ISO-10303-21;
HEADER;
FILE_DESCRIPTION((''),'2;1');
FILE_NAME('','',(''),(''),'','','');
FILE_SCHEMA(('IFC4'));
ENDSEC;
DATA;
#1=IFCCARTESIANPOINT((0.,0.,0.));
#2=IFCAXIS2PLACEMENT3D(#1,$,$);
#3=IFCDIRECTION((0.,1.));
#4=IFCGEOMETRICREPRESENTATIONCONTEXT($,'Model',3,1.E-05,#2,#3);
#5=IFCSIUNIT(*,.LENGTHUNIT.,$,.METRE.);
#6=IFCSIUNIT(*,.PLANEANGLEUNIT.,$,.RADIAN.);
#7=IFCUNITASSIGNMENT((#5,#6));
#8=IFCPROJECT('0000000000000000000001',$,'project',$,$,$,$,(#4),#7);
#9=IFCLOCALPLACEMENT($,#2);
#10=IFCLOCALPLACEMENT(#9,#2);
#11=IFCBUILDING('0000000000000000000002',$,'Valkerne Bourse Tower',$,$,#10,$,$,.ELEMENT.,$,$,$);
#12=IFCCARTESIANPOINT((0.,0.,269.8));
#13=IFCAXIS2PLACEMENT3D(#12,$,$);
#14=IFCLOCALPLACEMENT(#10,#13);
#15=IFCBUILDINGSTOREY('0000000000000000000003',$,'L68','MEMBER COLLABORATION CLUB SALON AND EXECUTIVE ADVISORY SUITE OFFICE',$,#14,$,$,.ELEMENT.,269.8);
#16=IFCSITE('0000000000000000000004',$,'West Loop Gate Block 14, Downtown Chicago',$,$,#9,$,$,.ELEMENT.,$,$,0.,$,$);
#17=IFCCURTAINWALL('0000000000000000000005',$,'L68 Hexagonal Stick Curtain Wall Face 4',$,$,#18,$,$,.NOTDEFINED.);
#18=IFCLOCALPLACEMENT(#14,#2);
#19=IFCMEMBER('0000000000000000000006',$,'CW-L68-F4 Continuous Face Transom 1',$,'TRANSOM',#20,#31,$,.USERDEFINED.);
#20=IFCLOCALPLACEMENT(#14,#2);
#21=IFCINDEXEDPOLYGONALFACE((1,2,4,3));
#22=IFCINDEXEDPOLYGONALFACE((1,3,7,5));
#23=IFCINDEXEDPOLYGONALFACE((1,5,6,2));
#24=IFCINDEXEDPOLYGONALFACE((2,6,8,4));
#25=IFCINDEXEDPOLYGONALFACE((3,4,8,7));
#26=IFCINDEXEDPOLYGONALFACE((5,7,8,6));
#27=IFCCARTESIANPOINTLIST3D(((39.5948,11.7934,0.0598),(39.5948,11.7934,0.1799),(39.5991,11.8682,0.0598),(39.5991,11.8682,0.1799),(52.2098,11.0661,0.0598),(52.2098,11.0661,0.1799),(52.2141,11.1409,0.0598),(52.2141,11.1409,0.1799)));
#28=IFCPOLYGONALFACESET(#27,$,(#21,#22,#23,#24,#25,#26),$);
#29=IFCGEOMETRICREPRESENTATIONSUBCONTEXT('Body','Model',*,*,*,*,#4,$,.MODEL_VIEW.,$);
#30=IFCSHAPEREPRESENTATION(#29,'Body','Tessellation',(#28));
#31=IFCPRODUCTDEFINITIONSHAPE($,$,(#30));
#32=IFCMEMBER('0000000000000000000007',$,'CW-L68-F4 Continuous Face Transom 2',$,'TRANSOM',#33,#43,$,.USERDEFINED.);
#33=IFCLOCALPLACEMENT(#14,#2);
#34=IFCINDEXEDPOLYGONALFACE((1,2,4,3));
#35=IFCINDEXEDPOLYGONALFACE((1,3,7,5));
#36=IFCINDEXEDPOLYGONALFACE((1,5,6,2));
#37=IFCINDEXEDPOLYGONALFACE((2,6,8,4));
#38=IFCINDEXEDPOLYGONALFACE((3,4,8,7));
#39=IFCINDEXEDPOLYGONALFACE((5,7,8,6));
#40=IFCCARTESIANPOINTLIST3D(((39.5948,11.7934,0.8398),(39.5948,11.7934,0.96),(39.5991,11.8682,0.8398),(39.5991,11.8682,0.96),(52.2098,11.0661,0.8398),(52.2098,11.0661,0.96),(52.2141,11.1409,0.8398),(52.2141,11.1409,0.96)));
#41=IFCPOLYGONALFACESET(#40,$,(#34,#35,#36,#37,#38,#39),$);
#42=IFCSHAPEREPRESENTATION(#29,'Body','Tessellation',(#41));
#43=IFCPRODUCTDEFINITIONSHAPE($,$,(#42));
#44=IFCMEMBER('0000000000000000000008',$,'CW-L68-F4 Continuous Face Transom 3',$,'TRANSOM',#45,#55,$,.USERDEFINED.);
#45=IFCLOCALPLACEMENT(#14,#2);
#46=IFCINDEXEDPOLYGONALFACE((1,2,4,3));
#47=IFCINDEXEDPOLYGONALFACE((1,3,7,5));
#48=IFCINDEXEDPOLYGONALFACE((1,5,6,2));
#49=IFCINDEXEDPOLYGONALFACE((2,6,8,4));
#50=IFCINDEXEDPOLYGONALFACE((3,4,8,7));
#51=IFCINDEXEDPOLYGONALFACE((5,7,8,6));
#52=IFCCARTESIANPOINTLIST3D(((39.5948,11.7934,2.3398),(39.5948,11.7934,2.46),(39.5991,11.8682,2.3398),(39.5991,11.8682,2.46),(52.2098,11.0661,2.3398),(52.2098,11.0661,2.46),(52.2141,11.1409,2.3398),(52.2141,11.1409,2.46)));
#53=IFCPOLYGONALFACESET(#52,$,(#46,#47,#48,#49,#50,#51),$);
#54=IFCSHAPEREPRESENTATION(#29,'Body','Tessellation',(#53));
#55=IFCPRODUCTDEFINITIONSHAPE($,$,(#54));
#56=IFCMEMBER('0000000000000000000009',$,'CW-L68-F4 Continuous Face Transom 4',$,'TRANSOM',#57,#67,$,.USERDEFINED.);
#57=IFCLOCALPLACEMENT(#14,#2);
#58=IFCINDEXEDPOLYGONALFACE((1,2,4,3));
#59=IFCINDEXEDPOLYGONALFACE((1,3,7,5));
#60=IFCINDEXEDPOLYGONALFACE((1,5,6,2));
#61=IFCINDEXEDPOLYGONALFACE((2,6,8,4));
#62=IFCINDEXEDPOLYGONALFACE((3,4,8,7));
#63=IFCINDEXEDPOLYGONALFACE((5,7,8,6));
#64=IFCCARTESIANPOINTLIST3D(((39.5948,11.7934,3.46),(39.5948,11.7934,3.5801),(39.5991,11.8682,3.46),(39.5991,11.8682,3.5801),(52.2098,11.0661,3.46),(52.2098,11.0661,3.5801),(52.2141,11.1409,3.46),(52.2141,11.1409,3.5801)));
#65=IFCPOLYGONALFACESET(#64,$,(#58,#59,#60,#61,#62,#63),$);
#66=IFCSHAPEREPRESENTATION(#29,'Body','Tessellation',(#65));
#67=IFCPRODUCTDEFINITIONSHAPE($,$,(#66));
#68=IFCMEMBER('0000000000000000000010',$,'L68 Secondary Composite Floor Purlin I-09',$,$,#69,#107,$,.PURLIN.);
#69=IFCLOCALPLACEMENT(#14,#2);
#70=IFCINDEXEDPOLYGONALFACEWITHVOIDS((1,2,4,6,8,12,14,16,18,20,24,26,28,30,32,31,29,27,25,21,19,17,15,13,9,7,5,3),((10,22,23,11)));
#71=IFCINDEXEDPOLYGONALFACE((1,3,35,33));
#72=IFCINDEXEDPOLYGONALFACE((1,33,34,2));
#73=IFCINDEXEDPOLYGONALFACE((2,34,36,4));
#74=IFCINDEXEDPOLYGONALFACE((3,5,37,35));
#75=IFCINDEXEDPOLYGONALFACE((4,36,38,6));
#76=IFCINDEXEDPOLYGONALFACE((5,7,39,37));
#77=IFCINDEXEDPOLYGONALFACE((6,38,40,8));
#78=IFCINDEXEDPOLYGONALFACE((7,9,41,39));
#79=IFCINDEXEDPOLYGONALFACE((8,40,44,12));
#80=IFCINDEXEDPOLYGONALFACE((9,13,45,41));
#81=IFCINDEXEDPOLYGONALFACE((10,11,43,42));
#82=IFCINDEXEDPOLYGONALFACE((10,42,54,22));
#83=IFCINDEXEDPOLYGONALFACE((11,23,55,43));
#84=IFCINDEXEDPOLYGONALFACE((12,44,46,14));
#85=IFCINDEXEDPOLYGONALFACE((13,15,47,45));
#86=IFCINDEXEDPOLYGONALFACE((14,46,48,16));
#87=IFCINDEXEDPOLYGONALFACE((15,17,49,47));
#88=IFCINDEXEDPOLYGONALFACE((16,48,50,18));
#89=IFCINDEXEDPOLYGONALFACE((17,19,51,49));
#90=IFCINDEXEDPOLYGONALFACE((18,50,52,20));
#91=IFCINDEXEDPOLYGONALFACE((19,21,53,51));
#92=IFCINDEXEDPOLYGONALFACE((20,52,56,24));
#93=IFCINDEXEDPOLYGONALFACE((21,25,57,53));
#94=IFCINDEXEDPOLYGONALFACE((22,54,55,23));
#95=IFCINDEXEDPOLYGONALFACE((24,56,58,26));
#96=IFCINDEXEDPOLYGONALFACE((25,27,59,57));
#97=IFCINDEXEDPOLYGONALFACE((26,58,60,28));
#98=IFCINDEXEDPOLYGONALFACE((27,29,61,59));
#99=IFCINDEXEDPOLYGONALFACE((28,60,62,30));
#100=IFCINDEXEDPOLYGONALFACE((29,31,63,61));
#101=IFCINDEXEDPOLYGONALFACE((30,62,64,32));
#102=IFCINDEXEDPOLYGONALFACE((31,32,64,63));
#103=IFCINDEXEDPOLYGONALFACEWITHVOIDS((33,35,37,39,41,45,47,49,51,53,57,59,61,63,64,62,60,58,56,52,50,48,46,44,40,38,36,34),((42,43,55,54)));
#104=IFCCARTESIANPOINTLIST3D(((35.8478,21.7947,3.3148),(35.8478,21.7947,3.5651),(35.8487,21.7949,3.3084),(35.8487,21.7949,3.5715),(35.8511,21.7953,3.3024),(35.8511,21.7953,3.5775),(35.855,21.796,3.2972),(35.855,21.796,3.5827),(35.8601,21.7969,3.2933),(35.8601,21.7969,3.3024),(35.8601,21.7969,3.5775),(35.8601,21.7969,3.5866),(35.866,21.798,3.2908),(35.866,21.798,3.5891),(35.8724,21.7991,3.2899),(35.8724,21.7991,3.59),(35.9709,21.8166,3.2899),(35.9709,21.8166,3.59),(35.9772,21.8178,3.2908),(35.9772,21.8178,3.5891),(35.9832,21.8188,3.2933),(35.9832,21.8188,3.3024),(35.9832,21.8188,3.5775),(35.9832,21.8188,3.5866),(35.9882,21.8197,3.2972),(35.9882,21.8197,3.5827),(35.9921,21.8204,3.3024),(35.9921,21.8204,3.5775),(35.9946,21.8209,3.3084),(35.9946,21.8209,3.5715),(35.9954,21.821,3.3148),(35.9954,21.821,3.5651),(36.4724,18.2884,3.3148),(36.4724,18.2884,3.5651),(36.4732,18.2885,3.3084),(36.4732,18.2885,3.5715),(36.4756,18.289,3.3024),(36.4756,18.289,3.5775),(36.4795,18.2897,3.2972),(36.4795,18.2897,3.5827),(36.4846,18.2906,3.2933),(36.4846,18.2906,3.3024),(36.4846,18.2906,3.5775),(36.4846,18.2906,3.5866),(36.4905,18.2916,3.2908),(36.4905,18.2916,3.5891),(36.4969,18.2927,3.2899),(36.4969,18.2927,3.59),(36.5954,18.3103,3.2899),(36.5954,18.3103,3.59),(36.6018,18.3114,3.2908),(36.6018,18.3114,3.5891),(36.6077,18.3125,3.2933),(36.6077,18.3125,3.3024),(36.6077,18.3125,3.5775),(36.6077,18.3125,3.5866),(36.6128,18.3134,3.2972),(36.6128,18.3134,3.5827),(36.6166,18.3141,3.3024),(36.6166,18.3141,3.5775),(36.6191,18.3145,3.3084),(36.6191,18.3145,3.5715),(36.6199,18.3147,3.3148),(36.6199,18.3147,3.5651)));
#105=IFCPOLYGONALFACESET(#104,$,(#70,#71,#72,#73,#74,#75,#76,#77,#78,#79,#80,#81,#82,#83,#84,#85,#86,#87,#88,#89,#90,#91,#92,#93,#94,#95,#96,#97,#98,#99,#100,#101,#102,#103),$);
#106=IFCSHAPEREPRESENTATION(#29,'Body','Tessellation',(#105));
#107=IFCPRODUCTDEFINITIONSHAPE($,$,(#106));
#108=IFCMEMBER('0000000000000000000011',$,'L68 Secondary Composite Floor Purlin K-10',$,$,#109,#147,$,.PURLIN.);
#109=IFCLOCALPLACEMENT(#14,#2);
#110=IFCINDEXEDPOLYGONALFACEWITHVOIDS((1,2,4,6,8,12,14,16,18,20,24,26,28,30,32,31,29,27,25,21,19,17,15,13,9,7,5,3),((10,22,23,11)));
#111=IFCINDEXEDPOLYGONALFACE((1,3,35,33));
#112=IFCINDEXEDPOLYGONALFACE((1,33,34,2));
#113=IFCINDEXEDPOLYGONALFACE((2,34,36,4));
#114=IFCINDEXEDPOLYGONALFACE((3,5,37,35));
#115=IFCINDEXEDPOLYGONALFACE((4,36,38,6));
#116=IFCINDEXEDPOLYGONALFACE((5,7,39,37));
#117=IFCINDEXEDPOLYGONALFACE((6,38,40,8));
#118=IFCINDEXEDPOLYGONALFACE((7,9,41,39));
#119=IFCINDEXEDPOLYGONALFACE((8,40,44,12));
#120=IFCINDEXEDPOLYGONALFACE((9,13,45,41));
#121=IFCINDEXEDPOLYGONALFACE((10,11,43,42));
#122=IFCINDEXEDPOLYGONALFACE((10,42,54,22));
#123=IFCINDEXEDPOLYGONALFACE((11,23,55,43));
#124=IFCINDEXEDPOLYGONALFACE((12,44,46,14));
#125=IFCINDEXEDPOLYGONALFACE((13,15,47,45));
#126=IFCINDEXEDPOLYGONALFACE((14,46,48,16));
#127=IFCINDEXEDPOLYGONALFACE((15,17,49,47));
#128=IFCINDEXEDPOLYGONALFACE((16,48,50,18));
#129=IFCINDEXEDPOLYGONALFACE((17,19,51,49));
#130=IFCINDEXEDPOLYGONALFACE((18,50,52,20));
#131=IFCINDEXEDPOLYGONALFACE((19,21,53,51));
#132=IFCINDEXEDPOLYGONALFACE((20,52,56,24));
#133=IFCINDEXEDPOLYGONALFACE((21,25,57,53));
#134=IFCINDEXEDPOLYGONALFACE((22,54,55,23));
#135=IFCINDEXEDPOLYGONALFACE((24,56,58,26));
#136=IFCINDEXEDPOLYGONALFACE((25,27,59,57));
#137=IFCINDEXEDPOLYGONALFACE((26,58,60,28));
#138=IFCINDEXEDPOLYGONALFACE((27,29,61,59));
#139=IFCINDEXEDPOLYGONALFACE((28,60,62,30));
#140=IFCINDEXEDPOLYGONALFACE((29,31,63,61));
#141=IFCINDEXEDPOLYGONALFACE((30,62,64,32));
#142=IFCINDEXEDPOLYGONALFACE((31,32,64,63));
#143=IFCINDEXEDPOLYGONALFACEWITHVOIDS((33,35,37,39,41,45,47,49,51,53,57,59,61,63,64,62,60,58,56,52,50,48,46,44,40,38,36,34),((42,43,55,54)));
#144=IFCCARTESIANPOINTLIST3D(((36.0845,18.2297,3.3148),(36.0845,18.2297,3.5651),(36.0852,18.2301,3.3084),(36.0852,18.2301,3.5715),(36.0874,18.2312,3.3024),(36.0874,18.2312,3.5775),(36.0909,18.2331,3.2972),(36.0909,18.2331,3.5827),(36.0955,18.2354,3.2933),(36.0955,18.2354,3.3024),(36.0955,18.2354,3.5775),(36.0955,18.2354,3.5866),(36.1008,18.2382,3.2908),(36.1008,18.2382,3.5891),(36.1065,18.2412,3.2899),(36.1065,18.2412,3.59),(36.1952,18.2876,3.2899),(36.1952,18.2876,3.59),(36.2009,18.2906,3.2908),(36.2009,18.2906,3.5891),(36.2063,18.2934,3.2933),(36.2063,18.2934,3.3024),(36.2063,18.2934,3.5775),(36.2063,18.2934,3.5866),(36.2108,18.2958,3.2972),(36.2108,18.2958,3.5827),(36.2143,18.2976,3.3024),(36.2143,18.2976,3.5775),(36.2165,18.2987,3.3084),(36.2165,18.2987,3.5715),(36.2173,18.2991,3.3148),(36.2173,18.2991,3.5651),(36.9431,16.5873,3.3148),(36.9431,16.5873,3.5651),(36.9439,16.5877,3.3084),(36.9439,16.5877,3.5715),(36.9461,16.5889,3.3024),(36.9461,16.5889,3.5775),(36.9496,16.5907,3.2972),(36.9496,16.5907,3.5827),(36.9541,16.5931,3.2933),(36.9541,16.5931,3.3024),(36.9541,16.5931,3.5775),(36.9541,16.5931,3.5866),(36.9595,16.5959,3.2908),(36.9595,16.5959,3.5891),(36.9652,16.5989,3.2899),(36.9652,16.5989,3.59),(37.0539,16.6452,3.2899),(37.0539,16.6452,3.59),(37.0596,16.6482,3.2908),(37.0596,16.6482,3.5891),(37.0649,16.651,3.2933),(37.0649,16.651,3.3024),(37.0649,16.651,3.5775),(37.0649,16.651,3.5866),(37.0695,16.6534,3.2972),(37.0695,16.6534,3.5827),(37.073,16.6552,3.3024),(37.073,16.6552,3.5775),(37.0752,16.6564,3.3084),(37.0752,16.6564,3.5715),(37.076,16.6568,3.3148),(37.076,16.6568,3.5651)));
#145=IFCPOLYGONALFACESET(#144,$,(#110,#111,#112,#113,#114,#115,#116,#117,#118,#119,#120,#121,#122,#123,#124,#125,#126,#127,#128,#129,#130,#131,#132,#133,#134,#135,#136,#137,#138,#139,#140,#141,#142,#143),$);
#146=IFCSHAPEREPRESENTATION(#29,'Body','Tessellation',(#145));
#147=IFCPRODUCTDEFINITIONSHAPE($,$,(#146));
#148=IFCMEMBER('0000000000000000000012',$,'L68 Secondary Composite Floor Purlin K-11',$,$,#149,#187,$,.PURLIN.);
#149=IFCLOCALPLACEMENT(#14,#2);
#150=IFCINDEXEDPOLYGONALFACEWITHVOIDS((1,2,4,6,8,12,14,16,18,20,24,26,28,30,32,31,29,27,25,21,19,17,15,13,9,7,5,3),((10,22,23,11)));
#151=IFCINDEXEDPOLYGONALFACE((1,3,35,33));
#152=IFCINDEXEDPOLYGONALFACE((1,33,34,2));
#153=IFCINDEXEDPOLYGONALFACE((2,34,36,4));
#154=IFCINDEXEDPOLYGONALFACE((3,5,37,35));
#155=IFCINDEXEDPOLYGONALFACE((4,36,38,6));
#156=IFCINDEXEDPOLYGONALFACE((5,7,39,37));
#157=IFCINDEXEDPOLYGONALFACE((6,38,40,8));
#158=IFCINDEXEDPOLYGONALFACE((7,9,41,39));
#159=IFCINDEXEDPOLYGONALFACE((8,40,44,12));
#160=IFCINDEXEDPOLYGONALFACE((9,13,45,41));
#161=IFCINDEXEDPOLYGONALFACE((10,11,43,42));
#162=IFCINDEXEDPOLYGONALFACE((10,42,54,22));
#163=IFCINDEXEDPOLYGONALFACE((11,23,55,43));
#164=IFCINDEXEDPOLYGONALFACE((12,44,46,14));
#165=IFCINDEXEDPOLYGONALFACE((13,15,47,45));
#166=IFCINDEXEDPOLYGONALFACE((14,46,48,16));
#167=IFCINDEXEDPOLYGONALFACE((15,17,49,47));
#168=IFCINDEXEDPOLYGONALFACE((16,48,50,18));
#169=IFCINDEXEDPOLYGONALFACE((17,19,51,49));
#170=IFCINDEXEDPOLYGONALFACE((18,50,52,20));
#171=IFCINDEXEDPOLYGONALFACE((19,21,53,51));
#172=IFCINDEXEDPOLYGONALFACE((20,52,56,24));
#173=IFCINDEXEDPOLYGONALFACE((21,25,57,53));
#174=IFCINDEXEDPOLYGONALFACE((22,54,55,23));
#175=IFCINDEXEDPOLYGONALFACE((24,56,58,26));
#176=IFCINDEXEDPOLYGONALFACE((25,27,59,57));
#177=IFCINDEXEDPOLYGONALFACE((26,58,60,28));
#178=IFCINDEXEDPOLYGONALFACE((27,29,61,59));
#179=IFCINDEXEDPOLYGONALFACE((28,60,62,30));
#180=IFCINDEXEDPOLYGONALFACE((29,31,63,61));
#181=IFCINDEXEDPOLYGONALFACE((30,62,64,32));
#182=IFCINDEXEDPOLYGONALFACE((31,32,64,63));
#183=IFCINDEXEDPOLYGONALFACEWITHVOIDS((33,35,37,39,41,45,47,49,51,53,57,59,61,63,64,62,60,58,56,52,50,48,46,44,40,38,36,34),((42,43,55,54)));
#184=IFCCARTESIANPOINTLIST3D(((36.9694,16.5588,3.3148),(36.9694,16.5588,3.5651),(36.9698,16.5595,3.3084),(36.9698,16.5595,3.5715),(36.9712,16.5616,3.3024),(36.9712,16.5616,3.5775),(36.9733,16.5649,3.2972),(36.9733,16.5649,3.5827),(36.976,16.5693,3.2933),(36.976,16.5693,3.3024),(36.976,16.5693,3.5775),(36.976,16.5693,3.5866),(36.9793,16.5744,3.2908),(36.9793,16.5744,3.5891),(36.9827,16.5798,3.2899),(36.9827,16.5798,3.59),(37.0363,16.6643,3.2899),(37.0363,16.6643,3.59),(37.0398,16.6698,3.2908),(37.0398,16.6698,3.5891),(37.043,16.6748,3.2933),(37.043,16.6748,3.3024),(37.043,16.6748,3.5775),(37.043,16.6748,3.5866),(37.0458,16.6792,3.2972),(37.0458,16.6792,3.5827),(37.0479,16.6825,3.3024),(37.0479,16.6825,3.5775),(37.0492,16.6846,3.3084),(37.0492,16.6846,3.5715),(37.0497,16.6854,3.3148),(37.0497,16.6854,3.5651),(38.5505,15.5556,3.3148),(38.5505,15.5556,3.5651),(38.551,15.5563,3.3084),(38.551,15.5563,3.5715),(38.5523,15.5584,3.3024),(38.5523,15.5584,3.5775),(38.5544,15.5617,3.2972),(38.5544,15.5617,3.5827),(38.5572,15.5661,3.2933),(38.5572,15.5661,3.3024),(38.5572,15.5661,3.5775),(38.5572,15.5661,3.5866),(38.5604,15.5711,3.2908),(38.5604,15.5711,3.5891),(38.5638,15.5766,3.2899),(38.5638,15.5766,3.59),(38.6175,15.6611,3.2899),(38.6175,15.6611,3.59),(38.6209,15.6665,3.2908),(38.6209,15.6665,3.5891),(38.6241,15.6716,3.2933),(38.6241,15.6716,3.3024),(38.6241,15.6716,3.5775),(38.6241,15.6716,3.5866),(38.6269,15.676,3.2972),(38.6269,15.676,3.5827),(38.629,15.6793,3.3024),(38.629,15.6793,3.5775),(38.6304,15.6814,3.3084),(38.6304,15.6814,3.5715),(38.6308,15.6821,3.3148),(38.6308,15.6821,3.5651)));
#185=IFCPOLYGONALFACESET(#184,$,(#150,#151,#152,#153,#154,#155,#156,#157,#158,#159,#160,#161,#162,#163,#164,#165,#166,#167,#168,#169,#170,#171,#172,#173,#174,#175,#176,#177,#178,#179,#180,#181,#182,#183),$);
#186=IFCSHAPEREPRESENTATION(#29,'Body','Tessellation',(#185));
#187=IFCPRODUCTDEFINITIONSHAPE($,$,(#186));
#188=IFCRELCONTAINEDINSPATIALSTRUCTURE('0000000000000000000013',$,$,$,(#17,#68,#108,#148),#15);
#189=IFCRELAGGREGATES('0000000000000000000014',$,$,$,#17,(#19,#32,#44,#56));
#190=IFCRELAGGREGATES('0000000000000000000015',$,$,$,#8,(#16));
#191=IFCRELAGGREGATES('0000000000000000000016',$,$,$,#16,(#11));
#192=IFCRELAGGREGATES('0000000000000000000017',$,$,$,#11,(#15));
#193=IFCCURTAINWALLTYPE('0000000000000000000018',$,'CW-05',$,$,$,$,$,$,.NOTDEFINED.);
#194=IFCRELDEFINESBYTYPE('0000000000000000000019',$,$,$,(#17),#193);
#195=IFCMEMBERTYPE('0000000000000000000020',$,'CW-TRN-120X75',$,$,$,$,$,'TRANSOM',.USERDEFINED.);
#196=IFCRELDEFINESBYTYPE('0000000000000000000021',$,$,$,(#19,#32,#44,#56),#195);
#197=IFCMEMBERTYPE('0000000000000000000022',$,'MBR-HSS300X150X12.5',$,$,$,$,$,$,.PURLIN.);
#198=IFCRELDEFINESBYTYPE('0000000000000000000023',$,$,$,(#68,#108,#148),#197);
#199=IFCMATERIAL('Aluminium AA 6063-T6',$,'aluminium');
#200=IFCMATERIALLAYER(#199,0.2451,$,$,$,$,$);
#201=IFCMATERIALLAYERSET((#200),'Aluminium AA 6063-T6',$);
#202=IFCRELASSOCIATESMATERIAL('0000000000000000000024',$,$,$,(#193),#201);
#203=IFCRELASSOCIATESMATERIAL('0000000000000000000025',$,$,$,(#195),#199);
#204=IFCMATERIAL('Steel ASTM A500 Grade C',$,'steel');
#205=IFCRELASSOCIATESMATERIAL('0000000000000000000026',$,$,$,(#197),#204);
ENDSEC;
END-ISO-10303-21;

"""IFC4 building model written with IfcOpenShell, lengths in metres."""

from ifc_helpers import new_model, si_unit, direction, frame, origin, origin_2d, place, context, subcontext, project, spatial, rectangle, hollow_rectangle, extrude, material, layer, layer_set, material_profile, profile_set, type_object, element, aggregate, save


model = new_model("IFC4")

# Units and contexts
model_context = context("Model", 3, precision=1e-05, world=origin(), true_north=direction((0.0, 1.0)))
body_context = subcontext(model_context, "Body", "Model", "MODEL_VIEW")
ifc_project = project(units=[si_unit("LENGTHUNIT", "METRE"), si_unit("PLANEANGLEUNIT", "RADIAN")], contexts=[model_context])

# Site, building, storey
site_placement = place(None, origin())
site = spatial("IfcSite", under=ifc_project, at=site_placement, Name="West Loop Gate Block 14, Downtown Chicago", CompositionType="ELEMENT", RefElevation=0.0)
building_placement = place(site_placement, origin())
building = spatial("IfcBuilding", under=site, at=building_placement, Name="Valkerne Bourse Tower", CompositionType="ELEMENT")
storey_placement = place(building_placement, frame((0.0, 0.0, 269.8)))
storey = spatial("IfcBuildingStorey", under=building, at=storey_placement, Name="L68", Description="MEMBER COLLABORATION CLUB SALON AND EXECUTIVE ADVISORY SUITE OFFICE", CompositionType="ELEMENT", Elevation=269.8)

# Curtain wall, members
ifc_material_1 = material(Name="Aluminium AA 6063-T6", Category="aluminium")
ifc_layer_1 = layer(ifc_material_1, 0.2451)
ifc_layer_set_1 = layer_set([ifc_layer_1], Name="Aluminium AA 6063-T6")
curtain_wall_type = type_object("IfcCurtainWallType", Name="CW-05", PredefinedType="NOTDEFINED", material=ifc_layer_set_1)
curtain_wall_placement = place(storey_placement, origin())
curtain_wall = element("IfcCurtainWall", 1, at=curtain_wall_placement, inside=storey, type_object=curtain_wall_type, Name="L68 Hexagonal Stick Curtain Wall Face 4", PredefinedType="NOTDEFINED")
ifc_material_profile_1 = material_profile(ifc_material_1, rectangle(XDim=0.075, YDim=0.1201, at=origin_2d()), Name="CWT-75X120")
ifc_profile_set_1 = profile_set([ifc_material_profile_1], Name="Aluminium AA 6063-T6")
member_type_1 = type_object("IfcMemberType", Name="CW-TRN-120X75", ElementType="TRANSOM", PredefinedType="USERDEFINED", material=ifc_profile_set_1)
member_1_placement = place(storey_placement, frame((39.5969, 11.8308, 0.1199), z_axis=(0.998342, -0.057558, 0.0), x_axis=(0.057558, 0.998342, 0.0)))
member_1 = element("IfcMember", 2, at=member_1_placement, type_object=member_type_1, Name="CW-L68-F4 Continuous Face Transom 1", ObjectType="TRANSOM", PredefinedType="USERDEFINED", context=body_context, shape_type="SweptSolid", body=[
    extrude(rectangle(XDim=0.075, YDim=0.1201, at=origin_2d()), origin(), (0.0, 0.0, 1.0), 12.636),
])
member_2_placement = place(storey_placement, frame((39.5969, 11.8308, 0.8999), z_axis=(0.998342, -0.057558, 0.0), x_axis=(0.057558, 0.998342, 0.0)))
member_2 = element("IfcMember", 3, at=member_2_placement, type_object=member_type_1, Name="CW-L68-F4 Continuous Face Transom 2", ObjectType="TRANSOM", PredefinedType="USERDEFINED", context=body_context, shape_type="SweptSolid", body=[
    extrude(rectangle(XDim=0.075, YDim=0.1201, at=origin_2d()), origin(), (0.0, 0.0, 1.0), 12.636),
])
member_3_placement = place(storey_placement, frame((39.5969, 11.8308, 2.3999), z_axis=(0.998342, -0.057558, 0.0), x_axis=(0.057558, 0.998342, 0.0)))
member_3 = element("IfcMember", 4, at=member_3_placement, type_object=member_type_1, Name="CW-L68-F4 Continuous Face Transom 3", ObjectType="TRANSOM", PredefinedType="USERDEFINED", context=body_context, shape_type="SweptSolid", body=[
    extrude(rectangle(XDim=0.075, YDim=0.1201, at=origin_2d()), origin(), (0.0, 0.0, 1.0), 12.636),
])
member_4_placement = place(storey_placement, frame((39.5969, 11.8308, 3.52), z_axis=(0.998342, -0.057558, 0.0), x_axis=(0.057558, 0.998342, 0.0)))
member_4 = element("IfcMember", 5, at=member_4_placement, type_object=member_type_1, Name="CW-L68-F4 Continuous Face Transom 4", ObjectType="TRANSOM", PredefinedType="USERDEFINED", context=body_context, shape_type="SweptSolid", body=[
    extrude(rectangle(XDim=0.075, YDim=0.1201, at=origin_2d()), origin(), (0.0, 0.0, 1.0), 12.636),
])
aggregate(curtain_wall, [member_1, member_2, member_3, member_4])

# Members
ifc_material_2 = material(Name="Steel ASTM A500 Grade C", Category="steel")
ifc_material_profile_2 = material_profile(ifc_material_2, hollow_rectangle(XDim=0.1499, YDim=0.3, WallThickness=0.0125, OuterFilletRadius=0.0249, at=origin_2d()), Name="HSS300X150X12.5")
ifc_profile_set_2 = profile_set([ifc_material_profile_2], Name="Steel ASTM A500 Grade C")
member_type_2 = type_object("IfcMemberType", Name="MBR-HSS300X150X12.5", PredefinedType="PURLIN", material=ifc_profile_set_2)
member_5_placement = place(storey_placement, frame((35.9216, 21.8079, 3.4399), z_axis=(0.175349, -0.984506, 0.0), x_axis=(0.984506, 0.175349, 0.0)))
element("IfcMember", 6, at=member_5_placement, inside=storey, type_object=member_type_2, Name="L68 Secondary Composite Floor Purlin I-09", PredefinedType="PURLIN", context=body_context, shape_type="SweptSolid", body=[
    extrude(hollow_rectangle(XDim=0.1499, YDim=0.3, WallThickness=0.0125, OuterFilletRadius=0.0249, at=origin_2d()), origin(), (0.0, 0.0, 1.0), 3.5615),
])
member_6_placement = place(storey_placement, frame((36.1509, 18.2644, 3.4399), z_axis=(0.463318, -0.886192, 0.0), x_axis=(0.886192, 0.463318, 0.0)))
element("IfcMember", 7, at=member_6_placement, inside=storey, type_object=member_type_2, Name="L68 Secondary Composite Floor Purlin K-10", PredefinedType="PURLIN", context=body_context, shape_type="SweptSolid", body=[
    extrude(hollow_rectangle(XDim=0.1499, YDim=0.3, WallThickness=0.0125, OuterFilletRadius=0.0249, at=origin_2d()), origin(), (0.0, 0.0, 1.0), 1.8533),
])
member_7_placement = place(storey_placement, frame((37.0095, 16.6221, 3.4399), z_axis=(0.844375, -0.535753, 0.0), x_axis=(0.535753, 0.844375, 0.0)))
element("IfcMember", 8, at=member_7_placement, inside=storey, type_object=member_type_2, Name="L68 Secondary Composite Floor Purlin K-11", PredefinedType="PURLIN", context=body_context, shape_type="SweptSolid", body=[
    extrude(hollow_rectangle(XDim=0.1499, YDim=0.3, WallThickness=0.0125, OuterFilletRadius=0.0249, at=origin_2d()), origin(), (0.0, 0.0, 1.0), 1.8726),
])

save(model, "model.ifc")
